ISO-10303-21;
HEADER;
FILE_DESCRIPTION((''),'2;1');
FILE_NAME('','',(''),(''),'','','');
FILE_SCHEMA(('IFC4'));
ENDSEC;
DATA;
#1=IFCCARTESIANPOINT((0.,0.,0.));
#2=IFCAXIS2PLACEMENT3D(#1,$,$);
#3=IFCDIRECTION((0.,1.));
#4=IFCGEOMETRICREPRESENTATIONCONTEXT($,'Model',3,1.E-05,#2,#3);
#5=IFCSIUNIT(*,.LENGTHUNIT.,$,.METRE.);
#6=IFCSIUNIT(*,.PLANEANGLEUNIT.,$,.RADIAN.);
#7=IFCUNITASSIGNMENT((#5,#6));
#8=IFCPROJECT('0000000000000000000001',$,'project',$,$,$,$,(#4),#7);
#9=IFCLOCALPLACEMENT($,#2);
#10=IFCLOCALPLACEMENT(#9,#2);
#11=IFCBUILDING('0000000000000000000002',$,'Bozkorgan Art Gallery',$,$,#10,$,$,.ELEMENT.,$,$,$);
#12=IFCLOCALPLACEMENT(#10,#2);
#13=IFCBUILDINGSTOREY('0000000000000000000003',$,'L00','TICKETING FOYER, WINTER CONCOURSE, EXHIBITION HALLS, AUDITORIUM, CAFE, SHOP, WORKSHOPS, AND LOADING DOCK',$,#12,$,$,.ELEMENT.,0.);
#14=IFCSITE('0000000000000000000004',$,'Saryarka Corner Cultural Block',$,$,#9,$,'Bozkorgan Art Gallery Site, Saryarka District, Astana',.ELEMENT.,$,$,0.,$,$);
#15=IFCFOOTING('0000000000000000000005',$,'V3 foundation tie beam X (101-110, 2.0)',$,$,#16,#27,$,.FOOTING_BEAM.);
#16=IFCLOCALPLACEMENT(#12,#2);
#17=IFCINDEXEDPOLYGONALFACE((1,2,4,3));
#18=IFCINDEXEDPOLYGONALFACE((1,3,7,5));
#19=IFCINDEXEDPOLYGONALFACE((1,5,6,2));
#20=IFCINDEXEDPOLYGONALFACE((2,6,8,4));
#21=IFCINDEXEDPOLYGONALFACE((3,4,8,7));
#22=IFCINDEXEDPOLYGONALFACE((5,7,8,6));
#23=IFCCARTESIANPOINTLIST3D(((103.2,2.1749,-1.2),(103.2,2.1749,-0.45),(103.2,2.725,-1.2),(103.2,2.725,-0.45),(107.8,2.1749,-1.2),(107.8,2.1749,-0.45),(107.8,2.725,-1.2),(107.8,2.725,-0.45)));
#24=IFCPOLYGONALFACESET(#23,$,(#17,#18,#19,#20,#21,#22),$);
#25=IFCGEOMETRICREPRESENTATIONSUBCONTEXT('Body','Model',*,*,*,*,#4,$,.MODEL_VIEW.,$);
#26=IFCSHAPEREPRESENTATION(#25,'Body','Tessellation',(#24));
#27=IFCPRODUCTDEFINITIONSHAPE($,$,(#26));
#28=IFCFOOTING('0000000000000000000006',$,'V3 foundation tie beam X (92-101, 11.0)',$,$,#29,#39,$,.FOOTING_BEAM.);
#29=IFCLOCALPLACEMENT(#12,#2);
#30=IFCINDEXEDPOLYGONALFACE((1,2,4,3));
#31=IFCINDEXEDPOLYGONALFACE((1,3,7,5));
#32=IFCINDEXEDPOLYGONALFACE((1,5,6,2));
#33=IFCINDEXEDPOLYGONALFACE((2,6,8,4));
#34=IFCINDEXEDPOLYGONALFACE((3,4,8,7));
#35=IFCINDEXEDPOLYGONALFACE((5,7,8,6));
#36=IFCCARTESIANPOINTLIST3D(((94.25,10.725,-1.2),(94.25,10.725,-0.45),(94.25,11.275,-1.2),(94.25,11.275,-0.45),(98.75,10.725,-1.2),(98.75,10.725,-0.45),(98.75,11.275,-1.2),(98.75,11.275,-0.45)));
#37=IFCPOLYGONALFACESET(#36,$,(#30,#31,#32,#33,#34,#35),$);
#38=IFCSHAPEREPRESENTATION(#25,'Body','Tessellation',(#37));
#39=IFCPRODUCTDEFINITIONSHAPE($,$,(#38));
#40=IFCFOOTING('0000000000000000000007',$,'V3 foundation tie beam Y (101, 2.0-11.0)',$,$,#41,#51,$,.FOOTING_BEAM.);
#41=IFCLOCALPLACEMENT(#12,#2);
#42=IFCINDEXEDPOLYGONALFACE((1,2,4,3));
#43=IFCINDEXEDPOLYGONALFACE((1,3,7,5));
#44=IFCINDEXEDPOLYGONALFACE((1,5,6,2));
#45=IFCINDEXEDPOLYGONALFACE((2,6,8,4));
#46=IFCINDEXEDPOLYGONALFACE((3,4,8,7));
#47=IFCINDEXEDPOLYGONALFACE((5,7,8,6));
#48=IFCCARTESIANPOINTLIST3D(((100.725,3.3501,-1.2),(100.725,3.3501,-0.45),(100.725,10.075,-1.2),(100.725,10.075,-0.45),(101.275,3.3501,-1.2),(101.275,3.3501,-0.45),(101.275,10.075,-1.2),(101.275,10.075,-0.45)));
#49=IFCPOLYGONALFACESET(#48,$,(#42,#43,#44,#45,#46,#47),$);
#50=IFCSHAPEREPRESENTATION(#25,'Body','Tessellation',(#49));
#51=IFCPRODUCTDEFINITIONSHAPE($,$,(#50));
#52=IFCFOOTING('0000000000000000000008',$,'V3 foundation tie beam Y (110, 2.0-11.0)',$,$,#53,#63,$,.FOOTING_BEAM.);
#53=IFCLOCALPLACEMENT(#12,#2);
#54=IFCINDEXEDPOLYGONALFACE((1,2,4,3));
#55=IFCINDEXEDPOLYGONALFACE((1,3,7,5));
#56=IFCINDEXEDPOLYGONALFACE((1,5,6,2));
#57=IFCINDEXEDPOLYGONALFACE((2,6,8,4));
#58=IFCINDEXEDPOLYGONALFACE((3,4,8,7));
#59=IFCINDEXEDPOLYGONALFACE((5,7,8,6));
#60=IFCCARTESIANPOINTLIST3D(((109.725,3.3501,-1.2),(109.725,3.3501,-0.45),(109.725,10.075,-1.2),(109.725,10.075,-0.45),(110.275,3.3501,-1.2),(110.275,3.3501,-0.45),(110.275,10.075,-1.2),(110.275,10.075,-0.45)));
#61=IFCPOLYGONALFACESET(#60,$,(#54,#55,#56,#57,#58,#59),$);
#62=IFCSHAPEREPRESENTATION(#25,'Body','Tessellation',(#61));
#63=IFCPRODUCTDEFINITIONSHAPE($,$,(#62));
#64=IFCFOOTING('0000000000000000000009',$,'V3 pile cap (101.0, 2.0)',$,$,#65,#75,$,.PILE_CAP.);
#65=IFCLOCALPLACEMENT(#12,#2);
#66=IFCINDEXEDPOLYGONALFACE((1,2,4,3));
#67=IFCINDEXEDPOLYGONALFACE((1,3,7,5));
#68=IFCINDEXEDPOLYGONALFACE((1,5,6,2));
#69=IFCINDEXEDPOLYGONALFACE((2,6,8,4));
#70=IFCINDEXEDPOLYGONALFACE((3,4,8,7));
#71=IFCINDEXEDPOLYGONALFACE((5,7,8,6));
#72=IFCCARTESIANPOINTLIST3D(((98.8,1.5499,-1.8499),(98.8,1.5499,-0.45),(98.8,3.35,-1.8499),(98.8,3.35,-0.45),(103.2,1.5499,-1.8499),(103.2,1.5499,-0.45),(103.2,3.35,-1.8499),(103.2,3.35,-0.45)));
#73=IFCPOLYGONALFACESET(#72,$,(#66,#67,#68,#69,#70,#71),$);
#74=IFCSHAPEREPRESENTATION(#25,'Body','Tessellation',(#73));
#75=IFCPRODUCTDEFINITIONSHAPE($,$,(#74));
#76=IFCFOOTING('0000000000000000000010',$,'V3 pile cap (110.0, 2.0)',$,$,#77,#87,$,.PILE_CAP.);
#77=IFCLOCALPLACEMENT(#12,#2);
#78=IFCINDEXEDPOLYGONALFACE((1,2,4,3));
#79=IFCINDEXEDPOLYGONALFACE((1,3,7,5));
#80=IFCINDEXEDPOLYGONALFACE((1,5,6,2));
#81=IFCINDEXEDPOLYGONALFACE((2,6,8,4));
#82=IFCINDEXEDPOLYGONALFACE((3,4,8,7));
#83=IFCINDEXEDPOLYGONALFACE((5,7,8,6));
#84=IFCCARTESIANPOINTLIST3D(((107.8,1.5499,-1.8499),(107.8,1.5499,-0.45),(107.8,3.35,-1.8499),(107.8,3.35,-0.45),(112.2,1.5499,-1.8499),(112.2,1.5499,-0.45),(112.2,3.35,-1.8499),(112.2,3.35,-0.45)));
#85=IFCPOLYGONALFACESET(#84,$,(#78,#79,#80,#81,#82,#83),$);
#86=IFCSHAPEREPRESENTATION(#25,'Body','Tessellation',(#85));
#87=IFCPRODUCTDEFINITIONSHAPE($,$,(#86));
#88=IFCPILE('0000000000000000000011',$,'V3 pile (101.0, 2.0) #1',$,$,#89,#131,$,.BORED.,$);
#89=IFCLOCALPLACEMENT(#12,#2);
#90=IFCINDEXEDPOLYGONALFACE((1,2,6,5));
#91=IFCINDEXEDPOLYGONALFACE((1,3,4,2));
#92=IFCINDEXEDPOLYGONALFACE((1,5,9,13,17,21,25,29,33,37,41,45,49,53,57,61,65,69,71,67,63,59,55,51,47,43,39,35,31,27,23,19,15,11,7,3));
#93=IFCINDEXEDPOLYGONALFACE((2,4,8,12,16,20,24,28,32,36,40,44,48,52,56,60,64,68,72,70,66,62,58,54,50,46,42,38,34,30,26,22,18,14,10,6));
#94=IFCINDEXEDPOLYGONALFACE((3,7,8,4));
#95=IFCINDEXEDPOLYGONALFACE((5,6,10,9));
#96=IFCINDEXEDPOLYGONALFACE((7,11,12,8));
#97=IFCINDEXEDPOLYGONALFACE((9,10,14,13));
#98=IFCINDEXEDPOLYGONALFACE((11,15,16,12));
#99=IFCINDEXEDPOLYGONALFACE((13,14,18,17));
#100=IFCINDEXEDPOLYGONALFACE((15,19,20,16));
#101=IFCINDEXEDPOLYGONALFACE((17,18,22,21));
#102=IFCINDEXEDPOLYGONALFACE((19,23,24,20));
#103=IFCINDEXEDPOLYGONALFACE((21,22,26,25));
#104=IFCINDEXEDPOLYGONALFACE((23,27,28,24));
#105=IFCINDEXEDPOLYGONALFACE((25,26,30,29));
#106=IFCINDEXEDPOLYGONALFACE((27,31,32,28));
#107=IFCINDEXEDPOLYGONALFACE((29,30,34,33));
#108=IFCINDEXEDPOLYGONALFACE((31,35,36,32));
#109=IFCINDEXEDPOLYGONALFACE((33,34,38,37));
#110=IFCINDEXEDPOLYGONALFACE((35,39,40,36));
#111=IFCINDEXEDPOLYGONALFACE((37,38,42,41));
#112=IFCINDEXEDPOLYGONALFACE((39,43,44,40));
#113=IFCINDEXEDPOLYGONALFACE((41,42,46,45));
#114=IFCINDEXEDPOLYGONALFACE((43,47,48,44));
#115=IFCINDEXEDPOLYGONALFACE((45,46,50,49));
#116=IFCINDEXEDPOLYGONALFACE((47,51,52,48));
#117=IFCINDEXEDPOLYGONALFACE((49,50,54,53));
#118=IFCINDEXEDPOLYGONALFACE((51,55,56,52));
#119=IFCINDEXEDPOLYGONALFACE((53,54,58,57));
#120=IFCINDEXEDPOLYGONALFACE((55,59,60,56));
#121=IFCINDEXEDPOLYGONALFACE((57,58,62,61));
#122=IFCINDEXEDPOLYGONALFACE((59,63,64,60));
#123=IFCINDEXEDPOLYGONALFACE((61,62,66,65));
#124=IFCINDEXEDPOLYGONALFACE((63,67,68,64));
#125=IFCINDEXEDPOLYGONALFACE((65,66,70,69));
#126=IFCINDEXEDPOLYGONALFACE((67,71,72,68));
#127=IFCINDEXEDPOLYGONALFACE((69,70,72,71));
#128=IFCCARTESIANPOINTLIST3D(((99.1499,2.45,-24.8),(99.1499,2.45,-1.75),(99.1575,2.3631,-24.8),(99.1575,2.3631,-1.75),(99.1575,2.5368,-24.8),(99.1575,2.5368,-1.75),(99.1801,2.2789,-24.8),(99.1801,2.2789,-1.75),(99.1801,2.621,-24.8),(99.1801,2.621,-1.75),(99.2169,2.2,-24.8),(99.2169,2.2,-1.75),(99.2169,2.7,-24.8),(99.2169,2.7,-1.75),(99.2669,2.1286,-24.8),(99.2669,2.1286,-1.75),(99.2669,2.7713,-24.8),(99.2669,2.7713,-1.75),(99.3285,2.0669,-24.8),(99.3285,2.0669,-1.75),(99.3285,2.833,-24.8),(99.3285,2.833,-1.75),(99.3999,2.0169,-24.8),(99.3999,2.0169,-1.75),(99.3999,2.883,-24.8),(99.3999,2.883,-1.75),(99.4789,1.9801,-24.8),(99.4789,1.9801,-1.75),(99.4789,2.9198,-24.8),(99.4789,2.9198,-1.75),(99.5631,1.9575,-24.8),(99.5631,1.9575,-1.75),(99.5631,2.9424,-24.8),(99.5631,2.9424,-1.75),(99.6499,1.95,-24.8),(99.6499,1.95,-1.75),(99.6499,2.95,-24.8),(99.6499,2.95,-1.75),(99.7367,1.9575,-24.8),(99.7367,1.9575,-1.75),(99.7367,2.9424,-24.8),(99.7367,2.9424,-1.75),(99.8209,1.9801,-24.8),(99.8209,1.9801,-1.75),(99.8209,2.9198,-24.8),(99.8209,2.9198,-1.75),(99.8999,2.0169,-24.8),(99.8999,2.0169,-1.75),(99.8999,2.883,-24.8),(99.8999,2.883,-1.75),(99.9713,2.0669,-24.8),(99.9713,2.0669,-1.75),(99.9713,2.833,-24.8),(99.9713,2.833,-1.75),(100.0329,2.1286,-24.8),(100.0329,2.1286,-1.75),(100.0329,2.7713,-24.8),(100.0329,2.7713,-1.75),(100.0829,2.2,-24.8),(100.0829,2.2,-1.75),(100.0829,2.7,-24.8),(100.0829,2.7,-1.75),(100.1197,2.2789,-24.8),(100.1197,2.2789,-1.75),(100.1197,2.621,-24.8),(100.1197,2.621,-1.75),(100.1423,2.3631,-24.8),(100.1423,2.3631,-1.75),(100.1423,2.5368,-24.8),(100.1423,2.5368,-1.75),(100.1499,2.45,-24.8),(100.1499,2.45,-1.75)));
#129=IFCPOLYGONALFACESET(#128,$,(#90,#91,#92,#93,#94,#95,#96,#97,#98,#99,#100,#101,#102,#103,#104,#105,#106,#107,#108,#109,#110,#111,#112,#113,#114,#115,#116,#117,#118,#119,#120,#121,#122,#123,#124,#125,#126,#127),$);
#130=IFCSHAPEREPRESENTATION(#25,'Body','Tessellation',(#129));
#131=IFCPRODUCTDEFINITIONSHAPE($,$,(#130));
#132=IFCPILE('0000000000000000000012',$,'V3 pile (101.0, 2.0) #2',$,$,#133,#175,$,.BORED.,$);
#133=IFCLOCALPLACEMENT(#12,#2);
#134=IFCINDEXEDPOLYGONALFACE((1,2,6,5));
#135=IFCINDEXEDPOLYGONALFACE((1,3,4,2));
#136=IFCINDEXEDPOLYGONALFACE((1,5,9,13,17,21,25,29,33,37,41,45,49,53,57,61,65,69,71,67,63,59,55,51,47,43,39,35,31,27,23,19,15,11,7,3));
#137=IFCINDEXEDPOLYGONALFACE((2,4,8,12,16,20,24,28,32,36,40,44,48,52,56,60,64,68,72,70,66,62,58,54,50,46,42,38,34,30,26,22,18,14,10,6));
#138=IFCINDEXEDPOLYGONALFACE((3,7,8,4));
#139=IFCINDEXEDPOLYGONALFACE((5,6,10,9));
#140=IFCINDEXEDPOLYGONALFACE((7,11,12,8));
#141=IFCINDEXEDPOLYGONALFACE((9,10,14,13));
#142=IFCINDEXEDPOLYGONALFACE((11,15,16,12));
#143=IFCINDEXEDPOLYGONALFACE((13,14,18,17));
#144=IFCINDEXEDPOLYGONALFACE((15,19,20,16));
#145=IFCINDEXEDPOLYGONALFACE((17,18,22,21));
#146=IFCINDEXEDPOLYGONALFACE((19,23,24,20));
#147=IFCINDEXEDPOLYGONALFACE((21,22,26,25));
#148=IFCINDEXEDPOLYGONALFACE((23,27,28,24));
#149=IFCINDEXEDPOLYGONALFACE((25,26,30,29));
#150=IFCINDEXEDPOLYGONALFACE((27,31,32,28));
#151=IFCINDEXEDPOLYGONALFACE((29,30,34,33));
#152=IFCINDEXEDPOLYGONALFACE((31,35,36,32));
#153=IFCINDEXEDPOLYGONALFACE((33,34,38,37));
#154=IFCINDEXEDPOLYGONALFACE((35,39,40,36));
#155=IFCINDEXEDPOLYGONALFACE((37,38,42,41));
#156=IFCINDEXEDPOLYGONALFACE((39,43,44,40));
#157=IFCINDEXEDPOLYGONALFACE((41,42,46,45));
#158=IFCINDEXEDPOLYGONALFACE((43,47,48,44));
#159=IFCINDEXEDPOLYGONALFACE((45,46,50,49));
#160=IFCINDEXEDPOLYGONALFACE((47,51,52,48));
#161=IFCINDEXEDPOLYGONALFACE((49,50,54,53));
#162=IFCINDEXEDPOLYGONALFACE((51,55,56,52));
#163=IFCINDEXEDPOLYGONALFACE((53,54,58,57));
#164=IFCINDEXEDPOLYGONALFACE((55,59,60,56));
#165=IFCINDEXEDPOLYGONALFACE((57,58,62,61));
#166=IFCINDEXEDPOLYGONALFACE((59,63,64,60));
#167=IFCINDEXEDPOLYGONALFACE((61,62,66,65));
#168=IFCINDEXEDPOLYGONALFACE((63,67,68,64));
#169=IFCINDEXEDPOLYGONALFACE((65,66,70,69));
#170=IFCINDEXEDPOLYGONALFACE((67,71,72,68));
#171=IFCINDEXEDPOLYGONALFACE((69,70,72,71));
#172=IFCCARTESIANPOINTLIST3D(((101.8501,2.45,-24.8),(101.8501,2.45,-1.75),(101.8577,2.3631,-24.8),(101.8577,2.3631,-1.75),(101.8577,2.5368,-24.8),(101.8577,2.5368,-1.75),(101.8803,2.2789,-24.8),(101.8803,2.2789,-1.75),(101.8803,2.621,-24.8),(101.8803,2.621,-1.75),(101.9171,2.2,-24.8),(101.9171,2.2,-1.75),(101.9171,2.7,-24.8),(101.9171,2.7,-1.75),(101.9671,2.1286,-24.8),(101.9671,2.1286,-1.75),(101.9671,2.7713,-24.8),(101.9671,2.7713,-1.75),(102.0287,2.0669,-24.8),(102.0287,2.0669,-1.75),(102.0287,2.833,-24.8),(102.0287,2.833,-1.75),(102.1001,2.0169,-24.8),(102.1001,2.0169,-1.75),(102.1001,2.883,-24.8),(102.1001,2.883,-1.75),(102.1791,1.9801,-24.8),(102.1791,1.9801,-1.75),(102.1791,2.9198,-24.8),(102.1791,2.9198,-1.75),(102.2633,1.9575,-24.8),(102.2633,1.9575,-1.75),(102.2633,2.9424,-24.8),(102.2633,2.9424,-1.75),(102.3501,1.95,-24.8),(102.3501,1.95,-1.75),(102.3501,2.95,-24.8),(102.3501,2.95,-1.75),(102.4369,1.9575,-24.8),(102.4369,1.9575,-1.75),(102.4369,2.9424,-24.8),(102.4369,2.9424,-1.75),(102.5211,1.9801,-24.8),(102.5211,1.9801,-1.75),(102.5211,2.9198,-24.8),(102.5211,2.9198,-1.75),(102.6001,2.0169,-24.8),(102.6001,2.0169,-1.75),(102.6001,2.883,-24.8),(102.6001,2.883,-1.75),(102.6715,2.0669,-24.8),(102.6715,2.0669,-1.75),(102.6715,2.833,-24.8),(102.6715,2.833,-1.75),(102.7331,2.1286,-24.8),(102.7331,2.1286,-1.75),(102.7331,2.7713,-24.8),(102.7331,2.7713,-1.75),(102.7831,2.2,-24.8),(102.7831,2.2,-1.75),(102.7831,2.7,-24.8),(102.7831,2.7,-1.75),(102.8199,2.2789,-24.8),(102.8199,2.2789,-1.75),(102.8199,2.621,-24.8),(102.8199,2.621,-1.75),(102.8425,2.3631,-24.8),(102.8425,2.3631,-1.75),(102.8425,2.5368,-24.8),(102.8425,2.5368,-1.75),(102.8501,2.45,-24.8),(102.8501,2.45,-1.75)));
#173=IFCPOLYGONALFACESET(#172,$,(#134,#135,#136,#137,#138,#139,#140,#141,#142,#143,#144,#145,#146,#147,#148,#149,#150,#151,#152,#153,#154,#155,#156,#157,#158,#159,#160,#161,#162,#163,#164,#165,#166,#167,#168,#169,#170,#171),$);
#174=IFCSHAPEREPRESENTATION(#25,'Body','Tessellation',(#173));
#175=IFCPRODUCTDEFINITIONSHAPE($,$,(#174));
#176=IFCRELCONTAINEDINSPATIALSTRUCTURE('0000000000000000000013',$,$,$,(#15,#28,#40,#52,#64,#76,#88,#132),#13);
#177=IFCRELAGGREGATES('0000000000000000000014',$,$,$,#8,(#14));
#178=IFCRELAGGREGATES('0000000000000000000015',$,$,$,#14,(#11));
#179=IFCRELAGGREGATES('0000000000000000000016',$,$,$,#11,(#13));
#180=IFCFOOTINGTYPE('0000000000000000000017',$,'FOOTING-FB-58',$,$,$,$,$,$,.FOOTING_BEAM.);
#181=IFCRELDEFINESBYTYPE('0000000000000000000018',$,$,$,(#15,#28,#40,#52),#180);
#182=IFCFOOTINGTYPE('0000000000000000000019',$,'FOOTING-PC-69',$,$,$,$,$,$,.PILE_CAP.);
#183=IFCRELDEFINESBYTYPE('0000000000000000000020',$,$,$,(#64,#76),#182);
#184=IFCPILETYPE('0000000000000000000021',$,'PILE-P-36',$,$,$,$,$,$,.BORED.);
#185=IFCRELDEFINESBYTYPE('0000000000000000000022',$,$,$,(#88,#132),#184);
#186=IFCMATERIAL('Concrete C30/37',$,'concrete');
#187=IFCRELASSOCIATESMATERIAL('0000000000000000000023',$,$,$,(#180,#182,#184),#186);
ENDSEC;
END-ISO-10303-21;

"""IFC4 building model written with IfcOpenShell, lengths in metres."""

from ifc_helpers import new_model, si_unit, direction, frame, origin, origin_2d, place, context, subcontext, project, spatial, rectangle, circle, extrude, material, material_profile, profile_set, type_object, element, save


model = new_model("IFC4")

# Units and contexts
model_context = context("Model", 3, precision=1e-05, world=origin(), true_north=direction((0.0, 1.0)))
body_context = subcontext(model_context, "Body", "Model", "MODEL_VIEW")
ifc_project = project(units=[si_unit("LENGTHUNIT", "METRE"), si_unit("PLANEANGLEUNIT", "RADIAN")], contexts=[model_context])

# Site, building, storey
site_placement = place(None, origin())
site = spatial("IfcSite", under=ifc_project, at=site_placement, Name="Saryarka Corner Cultural Block", LongName="Bozkorgan Art Gallery Site, Saryarka District, Astana", CompositionType="ELEMENT", RefElevation=0.0)
building_placement = place(site_placement, origin())
building = spatial("IfcBuilding", under=site, at=building_placement, Name="Bozkorgan Art Gallery", CompositionType="ELEMENT")
storey_placement = place(building_placement, origin())
storey = spatial("IfcBuildingStorey", under=building, at=storey_placement, Name="L00", Description="TICKETING FOYER, WINTER CONCOURSE, EXHIBITION HALLS, AUDITORIUM, CAFE, SHOP, WORKSHOPS, AND LOADING DOCK", CompositionType="ELEMENT", Elevation=0.0)

# Footings
ifc_material_1 = material(Name="Concrete C30/37", Category="concrete")
ifc_material_profile_1 = material_profile(ifc_material_1, rectangle(XDim=0.55, YDim=0.75, at=origin_2d()), Name="FND 550x750")
ifc_profile_set_1 = profile_set([ifc_material_profile_1], Name="Concrete C30/37")
footing_type_1 = type_object("IfcFootingType", Name="FOOTING-FB-58", PredefinedType="FOOTING_BEAM", material=ifc_profile_set_1)
footing_1_placement = place(storey_placement, frame((103.2, 2.45, -0.825), z_axis=(1.0, 0.0, 0.0), x_axis=(0.0, 1.0, 0.0)))
element("IfcFooting", 1, at=footing_1_placement, inside=storey, type_object=footing_type_1, Name="V3 foundation tie beam X (101-110, 2.0)", PredefinedType="FOOTING_BEAM", context=body_context, shape_type="SweptSolid", body=[
    extrude(rectangle(XDim=0.55, YDim=0.75, at=origin_2d()), origin(), (0.0, 0.0, 1.0), 4.6001),
])
footing_2_placement = place(storey_placement, frame((94.25, 11.0, -0.825), z_axis=(1.0, 0.0, 0.0), x_axis=(0.0, 1.0, 0.0)))
element("IfcFooting", 2, at=footing_2_placement, inside=storey, type_object=footing_type_1, Name="V3 foundation tie beam X (92-101, 11.0)", PredefinedType="FOOTING_BEAM", context=body_context, shape_type="SweptSolid", body=[
    extrude(rectangle(XDim=0.55, YDim=0.75, at=origin_2d()), origin(), (0.0, 0.0, 1.0), 4.5),
])
for number, where, z_axis, x_axis, name in (
    (3, (101.0, 3.3501, -0.825), (0.0, 1.0, 0.0), (-1.0, 0.0, 0.0), "V3 foundation tie beam Y (101, 2.0-11.0)"),
    (4, (110.0, 3.3501, -0.825), (0.0, 1.0, 0.0), (-1.0, 0.0, 0.0), "V3 foundation tie beam Y (110, 2.0-11.0)"),
):
    element("IfcFooting", number, at=place(storey_placement, frame(where, z_axis=z_axis, x_axis=x_axis)), inside=storey, type_object=footing_type_1, Name=name, PredefinedType="FOOTING_BEAM", context=body_context, shape_type="SweptSolid", body=[
        extrude(rectangle(XDim=0.55, YDim=0.75, at=origin_2d()), origin(), (0.0, 0.0, 1.0), 6.7249),
    ])
footing_type_2 = type_object("IfcFootingType", Name="FOOTING-PC-69", PredefinedType="PILE_CAP", material=ifc_material_1)
for number, where, z_axis, x_axis, name in (
    (5, (101.0, 2.45, -1.8499), (0.0, 0.0, 1.0), (1.0, 0.0, 0.0), "V3 pile cap (101.0, 2.0)"),
    (6, (110.0, 2.45, -1.8499), (0.0, 0.0, 1.0), (1.0, 0.0, 0.0), "V3 pile cap (110.0, 2.0)"),
):
    element("IfcFooting", number, at=place(storey_placement, frame(where, z_axis=z_axis, x_axis=x_axis)), inside=storey, type_object=footing_type_2, Name=name, PredefinedType="PILE_CAP", context=body_context, shape_type="SweptSolid", body=[
        extrude(rectangle(XDim=4.3999, YDim=1.8, at=origin_2d()), origin(), (0.0, 0.0, 1.0), 1.3999),
    ])

# Piles
ifc_material_profile_2 = material_profile(ifc_material_1, circle(Radius=0.5, at=origin_2d()), Name="PILE D1000")
ifc_profile_set_2 = profile_set([ifc_material_profile_2], Name="Concrete C30/37")
pile_type = type_object("IfcPileType", Name="PILE-P-36", PredefinedType="BORED", material=ifc_profile_set_2)
for number, where, z_axis, x_axis, name in (
    (7, (99.6499, 2.45, -1.75), (0.0, 0.0, -1.0), (1.0, 0.0, 0.0), "V3 pile (101.0, 2.0) #1"),
    (8, (102.3501, 2.45, -1.75), (0.0, 0.0, -1.0), (1.0, 0.0, 0.0), "V3 pile (101.0, 2.0) #2"),
):
    element("IfcPile", number, at=place(storey_placement, frame(where, z_axis=z_axis, x_axis=x_axis)), inside=storey, type_object=pile_type, Name=name, PredefinedType="BORED", context=body_context, shape_type="SweptSolid", body=[
        extrude(circle(Radius=0.5, at=origin_2d()), origin(), (0.0, 0.0, 1.0), 23.05),
    ])

save(model, "model.ifc")
